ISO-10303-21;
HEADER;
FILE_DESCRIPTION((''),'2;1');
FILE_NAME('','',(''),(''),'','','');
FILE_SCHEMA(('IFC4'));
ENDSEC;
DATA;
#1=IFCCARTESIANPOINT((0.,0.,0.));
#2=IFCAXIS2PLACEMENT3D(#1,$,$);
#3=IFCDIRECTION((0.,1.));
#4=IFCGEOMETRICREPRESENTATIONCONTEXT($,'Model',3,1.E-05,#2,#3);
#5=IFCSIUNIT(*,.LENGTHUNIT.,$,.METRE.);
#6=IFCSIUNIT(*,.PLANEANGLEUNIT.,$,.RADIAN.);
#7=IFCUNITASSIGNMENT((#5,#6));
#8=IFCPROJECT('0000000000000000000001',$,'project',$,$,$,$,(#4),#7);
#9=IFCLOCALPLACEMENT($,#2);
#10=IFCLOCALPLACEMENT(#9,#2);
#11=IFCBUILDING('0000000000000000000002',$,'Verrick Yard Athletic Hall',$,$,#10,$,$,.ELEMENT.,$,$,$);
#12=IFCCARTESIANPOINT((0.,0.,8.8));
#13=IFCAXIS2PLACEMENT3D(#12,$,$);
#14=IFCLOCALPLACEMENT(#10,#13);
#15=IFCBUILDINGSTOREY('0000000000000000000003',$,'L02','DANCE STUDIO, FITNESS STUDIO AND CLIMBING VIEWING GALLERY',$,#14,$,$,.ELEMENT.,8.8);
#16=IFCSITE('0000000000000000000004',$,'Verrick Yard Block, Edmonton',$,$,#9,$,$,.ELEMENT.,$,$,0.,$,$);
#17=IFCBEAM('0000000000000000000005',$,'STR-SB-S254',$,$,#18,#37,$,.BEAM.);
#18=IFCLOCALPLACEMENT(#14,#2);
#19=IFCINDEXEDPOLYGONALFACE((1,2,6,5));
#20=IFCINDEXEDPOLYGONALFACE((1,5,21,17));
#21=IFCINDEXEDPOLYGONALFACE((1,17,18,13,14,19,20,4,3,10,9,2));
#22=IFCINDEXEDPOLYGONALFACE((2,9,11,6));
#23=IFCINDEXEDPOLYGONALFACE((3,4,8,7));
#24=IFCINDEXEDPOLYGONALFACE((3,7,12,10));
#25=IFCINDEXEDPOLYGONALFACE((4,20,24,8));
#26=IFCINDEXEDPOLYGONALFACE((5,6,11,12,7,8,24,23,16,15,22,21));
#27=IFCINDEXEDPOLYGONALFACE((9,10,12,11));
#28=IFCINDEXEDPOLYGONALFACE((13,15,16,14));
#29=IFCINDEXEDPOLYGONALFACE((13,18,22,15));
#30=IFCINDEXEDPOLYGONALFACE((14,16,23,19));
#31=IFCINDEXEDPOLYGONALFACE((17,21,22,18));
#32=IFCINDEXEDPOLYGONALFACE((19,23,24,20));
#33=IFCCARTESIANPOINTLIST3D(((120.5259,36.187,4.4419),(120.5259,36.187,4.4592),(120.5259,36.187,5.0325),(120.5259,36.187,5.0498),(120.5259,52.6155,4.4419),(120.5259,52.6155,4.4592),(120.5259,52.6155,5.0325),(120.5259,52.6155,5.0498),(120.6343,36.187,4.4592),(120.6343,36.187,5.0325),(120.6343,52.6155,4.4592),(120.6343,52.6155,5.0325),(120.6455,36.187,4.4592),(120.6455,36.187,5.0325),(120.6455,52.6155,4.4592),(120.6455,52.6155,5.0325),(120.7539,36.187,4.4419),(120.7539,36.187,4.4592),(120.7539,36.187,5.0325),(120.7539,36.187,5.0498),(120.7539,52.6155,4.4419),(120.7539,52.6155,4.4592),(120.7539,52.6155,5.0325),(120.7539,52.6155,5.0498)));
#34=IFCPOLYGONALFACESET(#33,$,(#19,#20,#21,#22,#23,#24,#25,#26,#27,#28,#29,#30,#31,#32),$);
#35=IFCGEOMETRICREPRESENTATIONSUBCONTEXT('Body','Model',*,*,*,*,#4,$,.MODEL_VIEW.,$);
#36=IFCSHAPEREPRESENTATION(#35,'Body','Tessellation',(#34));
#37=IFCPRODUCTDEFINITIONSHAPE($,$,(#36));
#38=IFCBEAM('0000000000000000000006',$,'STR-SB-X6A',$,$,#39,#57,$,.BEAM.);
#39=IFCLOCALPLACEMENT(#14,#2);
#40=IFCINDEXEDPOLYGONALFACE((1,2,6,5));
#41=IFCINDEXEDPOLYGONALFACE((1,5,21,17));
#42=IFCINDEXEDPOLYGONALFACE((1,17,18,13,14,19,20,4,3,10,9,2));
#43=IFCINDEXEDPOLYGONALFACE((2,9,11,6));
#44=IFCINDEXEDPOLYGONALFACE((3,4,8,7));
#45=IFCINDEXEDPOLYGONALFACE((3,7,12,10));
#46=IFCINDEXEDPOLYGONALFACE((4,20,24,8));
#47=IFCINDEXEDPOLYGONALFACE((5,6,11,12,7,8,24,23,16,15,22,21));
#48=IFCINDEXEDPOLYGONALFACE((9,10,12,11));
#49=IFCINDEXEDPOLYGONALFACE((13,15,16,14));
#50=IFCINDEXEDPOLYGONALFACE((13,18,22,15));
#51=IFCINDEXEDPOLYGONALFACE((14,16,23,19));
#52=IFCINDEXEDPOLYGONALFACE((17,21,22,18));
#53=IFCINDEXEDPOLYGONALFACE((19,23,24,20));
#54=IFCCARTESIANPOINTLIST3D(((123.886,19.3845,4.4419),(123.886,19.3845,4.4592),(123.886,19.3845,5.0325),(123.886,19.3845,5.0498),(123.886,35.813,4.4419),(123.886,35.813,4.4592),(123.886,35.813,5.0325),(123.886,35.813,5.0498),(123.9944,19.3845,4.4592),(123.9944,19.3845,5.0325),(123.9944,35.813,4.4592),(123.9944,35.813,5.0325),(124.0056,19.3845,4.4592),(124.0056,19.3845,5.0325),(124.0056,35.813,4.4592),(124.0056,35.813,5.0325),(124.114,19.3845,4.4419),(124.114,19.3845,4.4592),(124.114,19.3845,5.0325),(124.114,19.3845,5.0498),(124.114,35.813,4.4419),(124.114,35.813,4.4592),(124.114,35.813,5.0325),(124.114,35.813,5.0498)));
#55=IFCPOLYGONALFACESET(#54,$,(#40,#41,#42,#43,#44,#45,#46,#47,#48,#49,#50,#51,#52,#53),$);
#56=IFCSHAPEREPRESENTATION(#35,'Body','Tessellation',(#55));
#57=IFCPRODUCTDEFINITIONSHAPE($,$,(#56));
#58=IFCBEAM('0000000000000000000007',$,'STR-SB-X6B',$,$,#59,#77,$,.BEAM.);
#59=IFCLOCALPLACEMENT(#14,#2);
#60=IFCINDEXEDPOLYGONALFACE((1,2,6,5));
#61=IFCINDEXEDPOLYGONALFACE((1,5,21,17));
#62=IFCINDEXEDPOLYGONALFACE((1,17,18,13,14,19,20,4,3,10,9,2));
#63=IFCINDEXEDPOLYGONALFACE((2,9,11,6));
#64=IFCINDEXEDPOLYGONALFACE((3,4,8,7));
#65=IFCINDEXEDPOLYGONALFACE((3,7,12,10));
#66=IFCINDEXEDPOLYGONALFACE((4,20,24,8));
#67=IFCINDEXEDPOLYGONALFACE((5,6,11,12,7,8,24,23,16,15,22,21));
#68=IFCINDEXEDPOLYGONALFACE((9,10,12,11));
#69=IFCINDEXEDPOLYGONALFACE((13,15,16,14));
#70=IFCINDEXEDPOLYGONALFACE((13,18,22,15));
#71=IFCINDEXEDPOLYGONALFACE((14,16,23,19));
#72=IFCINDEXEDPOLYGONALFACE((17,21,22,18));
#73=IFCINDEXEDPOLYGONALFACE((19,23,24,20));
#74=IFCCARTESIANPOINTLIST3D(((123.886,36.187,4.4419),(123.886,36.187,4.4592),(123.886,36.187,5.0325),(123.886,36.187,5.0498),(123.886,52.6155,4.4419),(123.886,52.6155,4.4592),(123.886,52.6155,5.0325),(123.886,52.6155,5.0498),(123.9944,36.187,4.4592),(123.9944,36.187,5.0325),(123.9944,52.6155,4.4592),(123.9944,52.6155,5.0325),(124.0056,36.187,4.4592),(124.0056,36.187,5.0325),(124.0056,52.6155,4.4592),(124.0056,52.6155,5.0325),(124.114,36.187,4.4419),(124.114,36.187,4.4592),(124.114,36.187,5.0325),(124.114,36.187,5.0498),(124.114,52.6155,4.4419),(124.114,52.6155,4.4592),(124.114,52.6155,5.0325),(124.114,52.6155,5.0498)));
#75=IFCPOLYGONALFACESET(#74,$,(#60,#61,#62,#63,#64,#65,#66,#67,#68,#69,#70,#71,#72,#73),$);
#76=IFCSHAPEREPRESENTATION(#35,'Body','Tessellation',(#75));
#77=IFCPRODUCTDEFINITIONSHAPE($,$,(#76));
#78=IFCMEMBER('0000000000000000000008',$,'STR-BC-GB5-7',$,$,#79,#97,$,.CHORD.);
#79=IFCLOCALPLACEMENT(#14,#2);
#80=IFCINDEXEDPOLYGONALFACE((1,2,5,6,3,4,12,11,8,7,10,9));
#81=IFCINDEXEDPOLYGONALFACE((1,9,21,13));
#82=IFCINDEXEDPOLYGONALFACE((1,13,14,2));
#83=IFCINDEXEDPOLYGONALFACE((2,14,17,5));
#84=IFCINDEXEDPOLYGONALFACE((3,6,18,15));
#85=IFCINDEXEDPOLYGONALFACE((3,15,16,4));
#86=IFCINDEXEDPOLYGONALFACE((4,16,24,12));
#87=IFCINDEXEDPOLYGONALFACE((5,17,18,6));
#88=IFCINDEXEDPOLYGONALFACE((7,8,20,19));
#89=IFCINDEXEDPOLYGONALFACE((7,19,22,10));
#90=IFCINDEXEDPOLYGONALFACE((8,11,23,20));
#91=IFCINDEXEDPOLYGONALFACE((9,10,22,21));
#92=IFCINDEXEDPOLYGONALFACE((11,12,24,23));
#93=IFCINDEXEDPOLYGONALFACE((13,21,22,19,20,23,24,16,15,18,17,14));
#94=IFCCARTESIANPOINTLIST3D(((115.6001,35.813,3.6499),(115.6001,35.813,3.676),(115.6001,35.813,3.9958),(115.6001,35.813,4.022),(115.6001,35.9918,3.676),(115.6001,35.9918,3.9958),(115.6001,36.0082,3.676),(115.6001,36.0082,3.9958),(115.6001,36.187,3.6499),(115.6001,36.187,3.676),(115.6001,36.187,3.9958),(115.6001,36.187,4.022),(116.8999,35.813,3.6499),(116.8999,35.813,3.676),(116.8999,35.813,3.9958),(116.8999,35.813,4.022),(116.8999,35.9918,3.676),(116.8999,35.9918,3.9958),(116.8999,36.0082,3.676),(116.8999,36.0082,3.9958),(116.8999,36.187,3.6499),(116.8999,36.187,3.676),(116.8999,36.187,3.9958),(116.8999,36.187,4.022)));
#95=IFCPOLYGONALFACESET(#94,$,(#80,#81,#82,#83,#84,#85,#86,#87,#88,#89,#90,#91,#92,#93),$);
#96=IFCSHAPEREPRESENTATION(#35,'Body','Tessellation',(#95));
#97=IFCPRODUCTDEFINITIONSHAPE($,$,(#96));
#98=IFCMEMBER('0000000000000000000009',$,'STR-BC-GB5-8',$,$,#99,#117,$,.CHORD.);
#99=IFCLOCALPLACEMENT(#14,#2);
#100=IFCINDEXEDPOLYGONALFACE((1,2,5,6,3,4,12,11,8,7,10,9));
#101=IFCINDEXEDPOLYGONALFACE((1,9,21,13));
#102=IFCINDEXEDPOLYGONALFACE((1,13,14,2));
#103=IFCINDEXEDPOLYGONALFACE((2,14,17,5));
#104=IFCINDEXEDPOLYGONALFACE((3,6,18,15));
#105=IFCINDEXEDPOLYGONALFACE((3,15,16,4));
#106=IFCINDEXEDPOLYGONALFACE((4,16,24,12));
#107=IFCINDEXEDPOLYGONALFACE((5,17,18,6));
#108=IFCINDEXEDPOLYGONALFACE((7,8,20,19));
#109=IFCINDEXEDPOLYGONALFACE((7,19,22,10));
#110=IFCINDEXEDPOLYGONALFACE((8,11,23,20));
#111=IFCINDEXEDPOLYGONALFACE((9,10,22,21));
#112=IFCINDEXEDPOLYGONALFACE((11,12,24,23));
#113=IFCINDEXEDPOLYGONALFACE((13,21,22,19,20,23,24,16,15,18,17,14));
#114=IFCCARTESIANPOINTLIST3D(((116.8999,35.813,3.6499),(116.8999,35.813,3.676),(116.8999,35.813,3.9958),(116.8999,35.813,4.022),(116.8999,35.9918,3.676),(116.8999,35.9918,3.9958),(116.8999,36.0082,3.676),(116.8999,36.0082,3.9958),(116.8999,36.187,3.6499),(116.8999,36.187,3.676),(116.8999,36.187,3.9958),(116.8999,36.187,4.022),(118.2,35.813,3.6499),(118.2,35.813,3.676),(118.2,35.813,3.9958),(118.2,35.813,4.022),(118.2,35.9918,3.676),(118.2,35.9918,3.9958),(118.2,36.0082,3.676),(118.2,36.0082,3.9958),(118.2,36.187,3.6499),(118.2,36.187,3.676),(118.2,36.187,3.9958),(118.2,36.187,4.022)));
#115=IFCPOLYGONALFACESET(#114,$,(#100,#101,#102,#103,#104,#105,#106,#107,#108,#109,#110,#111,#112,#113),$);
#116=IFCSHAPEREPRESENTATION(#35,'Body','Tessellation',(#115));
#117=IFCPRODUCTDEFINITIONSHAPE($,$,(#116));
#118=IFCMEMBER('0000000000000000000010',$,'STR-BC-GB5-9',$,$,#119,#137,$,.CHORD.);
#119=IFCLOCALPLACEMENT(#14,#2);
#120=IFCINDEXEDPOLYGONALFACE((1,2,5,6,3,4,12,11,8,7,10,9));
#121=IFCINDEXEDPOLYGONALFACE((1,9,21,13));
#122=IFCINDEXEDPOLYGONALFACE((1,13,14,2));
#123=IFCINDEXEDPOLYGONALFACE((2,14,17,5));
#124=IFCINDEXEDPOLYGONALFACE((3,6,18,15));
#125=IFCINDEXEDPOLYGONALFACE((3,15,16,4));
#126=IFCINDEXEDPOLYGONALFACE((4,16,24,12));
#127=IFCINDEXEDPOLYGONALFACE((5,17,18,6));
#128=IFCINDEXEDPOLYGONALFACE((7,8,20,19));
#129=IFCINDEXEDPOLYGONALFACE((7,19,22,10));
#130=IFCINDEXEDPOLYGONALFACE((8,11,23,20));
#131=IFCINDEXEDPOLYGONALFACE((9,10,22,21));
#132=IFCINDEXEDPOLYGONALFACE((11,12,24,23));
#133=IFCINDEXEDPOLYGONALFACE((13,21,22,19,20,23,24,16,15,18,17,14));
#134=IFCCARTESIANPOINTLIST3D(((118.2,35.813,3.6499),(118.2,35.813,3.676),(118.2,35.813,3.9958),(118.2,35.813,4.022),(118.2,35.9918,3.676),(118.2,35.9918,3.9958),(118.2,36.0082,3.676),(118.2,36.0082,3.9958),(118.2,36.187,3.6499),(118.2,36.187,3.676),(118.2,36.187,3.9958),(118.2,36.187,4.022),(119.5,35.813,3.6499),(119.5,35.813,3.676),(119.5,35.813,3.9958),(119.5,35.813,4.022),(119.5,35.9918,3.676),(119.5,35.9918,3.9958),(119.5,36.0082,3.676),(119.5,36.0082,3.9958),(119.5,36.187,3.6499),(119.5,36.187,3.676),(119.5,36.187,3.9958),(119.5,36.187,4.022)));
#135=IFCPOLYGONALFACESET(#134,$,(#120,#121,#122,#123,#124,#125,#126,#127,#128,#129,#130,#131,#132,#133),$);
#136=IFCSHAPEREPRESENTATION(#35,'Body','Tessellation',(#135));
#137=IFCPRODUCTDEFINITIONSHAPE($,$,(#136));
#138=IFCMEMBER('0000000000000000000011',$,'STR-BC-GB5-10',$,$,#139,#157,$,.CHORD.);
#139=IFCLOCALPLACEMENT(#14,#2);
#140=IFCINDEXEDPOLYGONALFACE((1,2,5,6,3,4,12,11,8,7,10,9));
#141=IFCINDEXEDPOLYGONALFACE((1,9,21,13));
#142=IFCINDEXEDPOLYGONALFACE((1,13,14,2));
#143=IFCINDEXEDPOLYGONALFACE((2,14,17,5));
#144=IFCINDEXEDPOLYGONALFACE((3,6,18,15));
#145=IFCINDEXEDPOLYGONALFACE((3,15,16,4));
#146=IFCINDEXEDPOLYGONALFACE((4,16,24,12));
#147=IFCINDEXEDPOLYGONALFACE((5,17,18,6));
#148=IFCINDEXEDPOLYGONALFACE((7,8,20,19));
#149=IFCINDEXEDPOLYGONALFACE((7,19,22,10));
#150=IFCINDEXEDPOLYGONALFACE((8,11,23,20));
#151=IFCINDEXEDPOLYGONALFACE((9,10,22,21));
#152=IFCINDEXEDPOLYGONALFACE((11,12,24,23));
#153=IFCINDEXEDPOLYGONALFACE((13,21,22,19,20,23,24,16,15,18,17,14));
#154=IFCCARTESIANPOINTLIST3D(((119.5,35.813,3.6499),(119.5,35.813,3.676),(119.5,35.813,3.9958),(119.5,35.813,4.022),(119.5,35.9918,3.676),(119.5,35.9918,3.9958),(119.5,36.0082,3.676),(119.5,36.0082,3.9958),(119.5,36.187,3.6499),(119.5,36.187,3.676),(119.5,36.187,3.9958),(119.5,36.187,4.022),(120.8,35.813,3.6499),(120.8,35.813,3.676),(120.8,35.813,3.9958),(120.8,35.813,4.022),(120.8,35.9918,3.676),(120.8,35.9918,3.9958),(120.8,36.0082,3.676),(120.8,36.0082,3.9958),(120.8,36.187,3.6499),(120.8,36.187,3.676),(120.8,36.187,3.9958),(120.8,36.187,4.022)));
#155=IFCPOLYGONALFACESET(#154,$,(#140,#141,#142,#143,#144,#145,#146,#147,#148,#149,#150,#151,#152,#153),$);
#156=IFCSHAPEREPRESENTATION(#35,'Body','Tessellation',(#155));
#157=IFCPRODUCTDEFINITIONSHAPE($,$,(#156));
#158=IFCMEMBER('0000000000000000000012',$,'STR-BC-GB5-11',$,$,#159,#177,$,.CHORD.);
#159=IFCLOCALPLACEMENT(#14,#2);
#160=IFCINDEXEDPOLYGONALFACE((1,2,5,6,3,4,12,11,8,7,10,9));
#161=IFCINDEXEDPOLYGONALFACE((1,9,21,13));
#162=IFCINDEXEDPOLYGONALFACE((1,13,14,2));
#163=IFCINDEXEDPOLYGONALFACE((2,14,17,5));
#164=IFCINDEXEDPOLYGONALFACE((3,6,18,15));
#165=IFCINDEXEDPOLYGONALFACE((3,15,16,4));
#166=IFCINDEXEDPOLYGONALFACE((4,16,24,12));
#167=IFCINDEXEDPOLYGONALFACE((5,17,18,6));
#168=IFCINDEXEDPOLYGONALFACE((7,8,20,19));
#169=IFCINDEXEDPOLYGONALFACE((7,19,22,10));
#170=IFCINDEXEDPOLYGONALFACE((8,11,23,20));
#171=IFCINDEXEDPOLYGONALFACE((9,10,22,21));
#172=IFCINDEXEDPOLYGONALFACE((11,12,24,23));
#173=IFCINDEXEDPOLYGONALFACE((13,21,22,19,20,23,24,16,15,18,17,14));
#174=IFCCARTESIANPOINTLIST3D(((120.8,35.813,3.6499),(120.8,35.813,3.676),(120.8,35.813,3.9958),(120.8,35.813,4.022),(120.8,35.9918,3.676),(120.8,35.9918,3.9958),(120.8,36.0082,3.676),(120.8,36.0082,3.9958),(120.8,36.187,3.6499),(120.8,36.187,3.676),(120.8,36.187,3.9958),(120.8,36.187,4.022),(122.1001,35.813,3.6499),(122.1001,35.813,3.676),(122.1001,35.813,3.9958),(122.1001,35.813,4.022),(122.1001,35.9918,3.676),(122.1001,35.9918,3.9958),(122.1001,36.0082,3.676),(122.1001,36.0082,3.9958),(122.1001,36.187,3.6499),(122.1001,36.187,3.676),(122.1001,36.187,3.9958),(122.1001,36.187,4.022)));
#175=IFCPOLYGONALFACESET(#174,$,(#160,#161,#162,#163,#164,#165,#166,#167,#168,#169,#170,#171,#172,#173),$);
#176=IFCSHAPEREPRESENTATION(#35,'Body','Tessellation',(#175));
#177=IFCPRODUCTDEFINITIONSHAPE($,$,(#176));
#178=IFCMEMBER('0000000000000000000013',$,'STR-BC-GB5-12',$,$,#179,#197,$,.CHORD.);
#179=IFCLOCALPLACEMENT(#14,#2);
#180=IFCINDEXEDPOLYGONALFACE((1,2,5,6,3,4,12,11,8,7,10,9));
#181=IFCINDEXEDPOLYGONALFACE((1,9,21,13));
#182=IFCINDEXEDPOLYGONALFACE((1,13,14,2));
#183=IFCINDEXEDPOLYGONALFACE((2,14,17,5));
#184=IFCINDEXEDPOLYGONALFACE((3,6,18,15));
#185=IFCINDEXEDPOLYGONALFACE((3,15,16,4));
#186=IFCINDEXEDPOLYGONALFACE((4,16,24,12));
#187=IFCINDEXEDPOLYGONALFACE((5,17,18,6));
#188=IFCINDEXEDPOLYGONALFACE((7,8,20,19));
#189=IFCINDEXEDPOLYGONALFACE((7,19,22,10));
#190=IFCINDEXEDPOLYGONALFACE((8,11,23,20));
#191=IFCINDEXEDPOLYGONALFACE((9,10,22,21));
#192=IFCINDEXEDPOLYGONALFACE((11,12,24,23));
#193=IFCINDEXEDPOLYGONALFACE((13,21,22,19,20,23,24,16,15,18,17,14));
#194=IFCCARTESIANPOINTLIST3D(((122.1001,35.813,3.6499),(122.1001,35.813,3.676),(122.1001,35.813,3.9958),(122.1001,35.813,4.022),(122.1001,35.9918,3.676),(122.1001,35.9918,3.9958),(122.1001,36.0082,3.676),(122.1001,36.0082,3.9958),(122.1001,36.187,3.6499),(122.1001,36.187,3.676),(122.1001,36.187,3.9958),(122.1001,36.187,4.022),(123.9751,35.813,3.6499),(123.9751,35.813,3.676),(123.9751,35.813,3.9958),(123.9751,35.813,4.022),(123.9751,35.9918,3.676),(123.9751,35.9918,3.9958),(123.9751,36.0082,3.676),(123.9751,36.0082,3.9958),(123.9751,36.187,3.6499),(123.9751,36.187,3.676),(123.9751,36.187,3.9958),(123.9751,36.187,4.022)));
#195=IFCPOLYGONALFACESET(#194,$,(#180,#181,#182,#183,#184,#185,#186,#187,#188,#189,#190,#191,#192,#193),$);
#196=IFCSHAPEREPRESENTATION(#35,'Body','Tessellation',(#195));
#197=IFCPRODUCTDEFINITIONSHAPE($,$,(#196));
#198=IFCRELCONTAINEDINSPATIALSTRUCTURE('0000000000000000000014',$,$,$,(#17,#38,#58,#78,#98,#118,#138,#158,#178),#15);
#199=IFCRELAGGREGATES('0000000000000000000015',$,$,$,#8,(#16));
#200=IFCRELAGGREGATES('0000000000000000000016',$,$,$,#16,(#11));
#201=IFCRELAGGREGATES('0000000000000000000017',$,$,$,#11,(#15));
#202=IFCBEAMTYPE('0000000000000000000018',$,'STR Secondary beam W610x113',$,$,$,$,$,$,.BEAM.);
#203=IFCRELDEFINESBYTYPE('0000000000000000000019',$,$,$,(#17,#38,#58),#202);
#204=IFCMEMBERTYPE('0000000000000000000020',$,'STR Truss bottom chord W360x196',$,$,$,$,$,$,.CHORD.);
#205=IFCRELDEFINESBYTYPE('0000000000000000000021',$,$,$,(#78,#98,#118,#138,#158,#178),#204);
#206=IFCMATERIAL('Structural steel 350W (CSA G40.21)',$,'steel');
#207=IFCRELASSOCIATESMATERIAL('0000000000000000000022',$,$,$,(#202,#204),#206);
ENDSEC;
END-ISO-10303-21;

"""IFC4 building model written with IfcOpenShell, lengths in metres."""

from ifc_helpers import new_model, si_unit, direction, frame, origin, origin_2d, place, context, subcontext, project, spatial, i_section, extrude, material, material_profile, profile_set, type_object, element, save


model = new_model("IFC4")

# Units and contexts
model_context = context("Model", 3, precision=1e-05, world=origin(), true_north=direction((0.0, 1.0)))
body_context = subcontext(model_context, "Body", "Model", "MODEL_VIEW")
ifc_project = project(units=[si_unit("LENGTHUNIT", "METRE"), si_unit("PLANEANGLEUNIT", "RADIAN")], contexts=[model_context])

# Site, building, storey
site_placement = place(None, origin())
site = spatial("IfcSite", under=ifc_project, at=site_placement, Name="Verrick Yard Block, Edmonton", CompositionType="ELEMENT", RefElevation=0.0)
building_placement = place(site_placement, origin())
building = spatial("IfcBuilding", under=site, at=building_placement, Name="Verrick Yard Athletic Hall", CompositionType="ELEMENT")
storey_placement = place(building_placement, frame((0.0, 0.0, 8.8)))
storey = spatial("IfcBuildingStorey", under=building, at=storey_placement, Name="L02", Description="DANCE STUDIO, FITNESS STUDIO AND CLIMBING VIEWING GALLERY", CompositionType="ELEMENT", Elevation=8.8)

# Shared definitions
ifc_material_1 = material(Name="Structural steel 350W (CSA G40.21)", Category="steel")

# Beams
ifc_material_profile_1 = material_profile(ifc_material_1, i_section(OverallWidth=0.228, OverallDepth=0.6079, WebThickness=0.0112, FlangeThickness=0.0173, at=origin_2d()), Name="W610x113")
ifc_profile_set_1 = profile_set([ifc_material_profile_1], Name="Structural steel 350W (CSA G40.21)")
beam_type = type_object("IfcBeamType", Name="STR Secondary beam W610x113", PredefinedType="BEAM", material=ifc_profile_set_1)
for number, where, z_axis, x_axis, name in (
    (1, (120.6399, 36.187, 4.7458), (0.0, 1.0, 0.0), (-1.0, 0.0, 0.0), "STR-SB-S254"),
    (2, (124.0, 19.3845, 4.7458), (0.0, 1.0, 0.0), (-1.0, 0.0, 0.0), "STR-SB-X6A"),
    (3, (124.0, 36.187, 4.7458), (0.0, 1.0, 0.0), (-1.0, 0.0, 0.0), "STR-SB-X6B"),
):
    element("IfcBeam", number, at=place(storey_placement, frame(where, z_axis=z_axis, x_axis=x_axis)), inside=storey, type_object=beam_type, Name=name, PredefinedType="BEAM", context=body_context, shape_type="SweptSolid", body=[
        extrude(i_section(OverallWidth=0.228, OverallDepth=0.6079, WebThickness=0.0112, FlangeThickness=0.0173, at=origin_2d()), origin(), (0.0, 0.0, 1.0), 16.4285),
    ])

# Members
ifc_material_profile_2 = material_profile(ifc_material_1, i_section(OverallWidth=0.374, OverallDepth=0.3721, WebThickness=0.0164, FlangeThickness=0.0261, at=origin_2d()), Name="W360x196")
ifc_profile_set_2 = profile_set([ifc_material_profile_2], Name="Structural steel 350W (CSA G40.21)")
member_type_1 = type_object("IfcMemberType", Name="STR Truss bottom chord W360x196", PredefinedType="CHORD", material=ifc_profile_set_2)
member_1_placement = place(storey_placement, frame((115.6001, 36.0, 3.8359), z_axis=(1.0, 0.0, 0.0), x_axis=(0.0, 1.0, 0.0)))
element("IfcMember", 4, at=member_1_placement, inside=storey, type_object=member_type_1, Name="STR-BC-GB5-7", PredefinedType="CHORD", context=body_context, shape_type="SweptSolid", body=[
    extrude(i_section(OverallWidth=0.374, OverallDepth=0.3721, WebThickness=0.0164, FlangeThickness=0.0261, at=origin_2d()), origin(), (0.0, 0.0, 1.0), 1.2998),
])
for number, where, z_axis, x_axis, name in (
    (5, (116.8999, 36.0, 3.8359), (1.0, 0.0, 0.0), (0.0, 1.0, 0.0), "STR-BC-GB5-8"),
    (6, (118.2, 36.0, 3.8359), (1.0, 0.0, 0.0), (0.0, 1.0, 0.0), "STR-BC-GB5-9"),
    (7, (119.5, 36.0, 3.8359), (1.0, 0.0, 0.0), (0.0, 1.0, 0.0), "STR-BC-GB5-10"),
    (8, (120.8, 36.0, 3.8359), (1.0, 0.0, 0.0), (0.0, 1.0, 0.0), "STR-BC-GB5-11"),
):
    element("IfcMember", number, at=place(storey_placement, frame(where, z_axis=z_axis, x_axis=x_axis)), inside=storey, type_object=member_type_1, Name=name, PredefinedType="CHORD", context=body_context, shape_type="SweptSolid", body=[
        extrude(i_section(OverallWidth=0.374, OverallDepth=0.3721, WebThickness=0.0164, FlangeThickness=0.0261, at=origin_2d()), origin(), (0.0, 0.0, 1.0), 1.3),
    ])
member_2_placement = place(storey_placement, frame((122.1001, 36.0, 3.8359), z_axis=(1.0, 0.0, 0.0), x_axis=(0.0, 1.0, 0.0)))
element("IfcMember", 9, at=member_2_placement, inside=storey, type_object=member_type_1, Name="STR-BC-GB5-12", PredefinedType="CHORD", context=body_context, shape_type="SweptSolid", body=[
    extrude(i_section(OverallWidth=0.374, OverallDepth=0.3721, WebThickness=0.0164, FlangeThickness=0.0261, at=origin_2d()), origin(), (0.0, 0.0, 1.0), 1.875),
])

save(model, "model.ifc")
